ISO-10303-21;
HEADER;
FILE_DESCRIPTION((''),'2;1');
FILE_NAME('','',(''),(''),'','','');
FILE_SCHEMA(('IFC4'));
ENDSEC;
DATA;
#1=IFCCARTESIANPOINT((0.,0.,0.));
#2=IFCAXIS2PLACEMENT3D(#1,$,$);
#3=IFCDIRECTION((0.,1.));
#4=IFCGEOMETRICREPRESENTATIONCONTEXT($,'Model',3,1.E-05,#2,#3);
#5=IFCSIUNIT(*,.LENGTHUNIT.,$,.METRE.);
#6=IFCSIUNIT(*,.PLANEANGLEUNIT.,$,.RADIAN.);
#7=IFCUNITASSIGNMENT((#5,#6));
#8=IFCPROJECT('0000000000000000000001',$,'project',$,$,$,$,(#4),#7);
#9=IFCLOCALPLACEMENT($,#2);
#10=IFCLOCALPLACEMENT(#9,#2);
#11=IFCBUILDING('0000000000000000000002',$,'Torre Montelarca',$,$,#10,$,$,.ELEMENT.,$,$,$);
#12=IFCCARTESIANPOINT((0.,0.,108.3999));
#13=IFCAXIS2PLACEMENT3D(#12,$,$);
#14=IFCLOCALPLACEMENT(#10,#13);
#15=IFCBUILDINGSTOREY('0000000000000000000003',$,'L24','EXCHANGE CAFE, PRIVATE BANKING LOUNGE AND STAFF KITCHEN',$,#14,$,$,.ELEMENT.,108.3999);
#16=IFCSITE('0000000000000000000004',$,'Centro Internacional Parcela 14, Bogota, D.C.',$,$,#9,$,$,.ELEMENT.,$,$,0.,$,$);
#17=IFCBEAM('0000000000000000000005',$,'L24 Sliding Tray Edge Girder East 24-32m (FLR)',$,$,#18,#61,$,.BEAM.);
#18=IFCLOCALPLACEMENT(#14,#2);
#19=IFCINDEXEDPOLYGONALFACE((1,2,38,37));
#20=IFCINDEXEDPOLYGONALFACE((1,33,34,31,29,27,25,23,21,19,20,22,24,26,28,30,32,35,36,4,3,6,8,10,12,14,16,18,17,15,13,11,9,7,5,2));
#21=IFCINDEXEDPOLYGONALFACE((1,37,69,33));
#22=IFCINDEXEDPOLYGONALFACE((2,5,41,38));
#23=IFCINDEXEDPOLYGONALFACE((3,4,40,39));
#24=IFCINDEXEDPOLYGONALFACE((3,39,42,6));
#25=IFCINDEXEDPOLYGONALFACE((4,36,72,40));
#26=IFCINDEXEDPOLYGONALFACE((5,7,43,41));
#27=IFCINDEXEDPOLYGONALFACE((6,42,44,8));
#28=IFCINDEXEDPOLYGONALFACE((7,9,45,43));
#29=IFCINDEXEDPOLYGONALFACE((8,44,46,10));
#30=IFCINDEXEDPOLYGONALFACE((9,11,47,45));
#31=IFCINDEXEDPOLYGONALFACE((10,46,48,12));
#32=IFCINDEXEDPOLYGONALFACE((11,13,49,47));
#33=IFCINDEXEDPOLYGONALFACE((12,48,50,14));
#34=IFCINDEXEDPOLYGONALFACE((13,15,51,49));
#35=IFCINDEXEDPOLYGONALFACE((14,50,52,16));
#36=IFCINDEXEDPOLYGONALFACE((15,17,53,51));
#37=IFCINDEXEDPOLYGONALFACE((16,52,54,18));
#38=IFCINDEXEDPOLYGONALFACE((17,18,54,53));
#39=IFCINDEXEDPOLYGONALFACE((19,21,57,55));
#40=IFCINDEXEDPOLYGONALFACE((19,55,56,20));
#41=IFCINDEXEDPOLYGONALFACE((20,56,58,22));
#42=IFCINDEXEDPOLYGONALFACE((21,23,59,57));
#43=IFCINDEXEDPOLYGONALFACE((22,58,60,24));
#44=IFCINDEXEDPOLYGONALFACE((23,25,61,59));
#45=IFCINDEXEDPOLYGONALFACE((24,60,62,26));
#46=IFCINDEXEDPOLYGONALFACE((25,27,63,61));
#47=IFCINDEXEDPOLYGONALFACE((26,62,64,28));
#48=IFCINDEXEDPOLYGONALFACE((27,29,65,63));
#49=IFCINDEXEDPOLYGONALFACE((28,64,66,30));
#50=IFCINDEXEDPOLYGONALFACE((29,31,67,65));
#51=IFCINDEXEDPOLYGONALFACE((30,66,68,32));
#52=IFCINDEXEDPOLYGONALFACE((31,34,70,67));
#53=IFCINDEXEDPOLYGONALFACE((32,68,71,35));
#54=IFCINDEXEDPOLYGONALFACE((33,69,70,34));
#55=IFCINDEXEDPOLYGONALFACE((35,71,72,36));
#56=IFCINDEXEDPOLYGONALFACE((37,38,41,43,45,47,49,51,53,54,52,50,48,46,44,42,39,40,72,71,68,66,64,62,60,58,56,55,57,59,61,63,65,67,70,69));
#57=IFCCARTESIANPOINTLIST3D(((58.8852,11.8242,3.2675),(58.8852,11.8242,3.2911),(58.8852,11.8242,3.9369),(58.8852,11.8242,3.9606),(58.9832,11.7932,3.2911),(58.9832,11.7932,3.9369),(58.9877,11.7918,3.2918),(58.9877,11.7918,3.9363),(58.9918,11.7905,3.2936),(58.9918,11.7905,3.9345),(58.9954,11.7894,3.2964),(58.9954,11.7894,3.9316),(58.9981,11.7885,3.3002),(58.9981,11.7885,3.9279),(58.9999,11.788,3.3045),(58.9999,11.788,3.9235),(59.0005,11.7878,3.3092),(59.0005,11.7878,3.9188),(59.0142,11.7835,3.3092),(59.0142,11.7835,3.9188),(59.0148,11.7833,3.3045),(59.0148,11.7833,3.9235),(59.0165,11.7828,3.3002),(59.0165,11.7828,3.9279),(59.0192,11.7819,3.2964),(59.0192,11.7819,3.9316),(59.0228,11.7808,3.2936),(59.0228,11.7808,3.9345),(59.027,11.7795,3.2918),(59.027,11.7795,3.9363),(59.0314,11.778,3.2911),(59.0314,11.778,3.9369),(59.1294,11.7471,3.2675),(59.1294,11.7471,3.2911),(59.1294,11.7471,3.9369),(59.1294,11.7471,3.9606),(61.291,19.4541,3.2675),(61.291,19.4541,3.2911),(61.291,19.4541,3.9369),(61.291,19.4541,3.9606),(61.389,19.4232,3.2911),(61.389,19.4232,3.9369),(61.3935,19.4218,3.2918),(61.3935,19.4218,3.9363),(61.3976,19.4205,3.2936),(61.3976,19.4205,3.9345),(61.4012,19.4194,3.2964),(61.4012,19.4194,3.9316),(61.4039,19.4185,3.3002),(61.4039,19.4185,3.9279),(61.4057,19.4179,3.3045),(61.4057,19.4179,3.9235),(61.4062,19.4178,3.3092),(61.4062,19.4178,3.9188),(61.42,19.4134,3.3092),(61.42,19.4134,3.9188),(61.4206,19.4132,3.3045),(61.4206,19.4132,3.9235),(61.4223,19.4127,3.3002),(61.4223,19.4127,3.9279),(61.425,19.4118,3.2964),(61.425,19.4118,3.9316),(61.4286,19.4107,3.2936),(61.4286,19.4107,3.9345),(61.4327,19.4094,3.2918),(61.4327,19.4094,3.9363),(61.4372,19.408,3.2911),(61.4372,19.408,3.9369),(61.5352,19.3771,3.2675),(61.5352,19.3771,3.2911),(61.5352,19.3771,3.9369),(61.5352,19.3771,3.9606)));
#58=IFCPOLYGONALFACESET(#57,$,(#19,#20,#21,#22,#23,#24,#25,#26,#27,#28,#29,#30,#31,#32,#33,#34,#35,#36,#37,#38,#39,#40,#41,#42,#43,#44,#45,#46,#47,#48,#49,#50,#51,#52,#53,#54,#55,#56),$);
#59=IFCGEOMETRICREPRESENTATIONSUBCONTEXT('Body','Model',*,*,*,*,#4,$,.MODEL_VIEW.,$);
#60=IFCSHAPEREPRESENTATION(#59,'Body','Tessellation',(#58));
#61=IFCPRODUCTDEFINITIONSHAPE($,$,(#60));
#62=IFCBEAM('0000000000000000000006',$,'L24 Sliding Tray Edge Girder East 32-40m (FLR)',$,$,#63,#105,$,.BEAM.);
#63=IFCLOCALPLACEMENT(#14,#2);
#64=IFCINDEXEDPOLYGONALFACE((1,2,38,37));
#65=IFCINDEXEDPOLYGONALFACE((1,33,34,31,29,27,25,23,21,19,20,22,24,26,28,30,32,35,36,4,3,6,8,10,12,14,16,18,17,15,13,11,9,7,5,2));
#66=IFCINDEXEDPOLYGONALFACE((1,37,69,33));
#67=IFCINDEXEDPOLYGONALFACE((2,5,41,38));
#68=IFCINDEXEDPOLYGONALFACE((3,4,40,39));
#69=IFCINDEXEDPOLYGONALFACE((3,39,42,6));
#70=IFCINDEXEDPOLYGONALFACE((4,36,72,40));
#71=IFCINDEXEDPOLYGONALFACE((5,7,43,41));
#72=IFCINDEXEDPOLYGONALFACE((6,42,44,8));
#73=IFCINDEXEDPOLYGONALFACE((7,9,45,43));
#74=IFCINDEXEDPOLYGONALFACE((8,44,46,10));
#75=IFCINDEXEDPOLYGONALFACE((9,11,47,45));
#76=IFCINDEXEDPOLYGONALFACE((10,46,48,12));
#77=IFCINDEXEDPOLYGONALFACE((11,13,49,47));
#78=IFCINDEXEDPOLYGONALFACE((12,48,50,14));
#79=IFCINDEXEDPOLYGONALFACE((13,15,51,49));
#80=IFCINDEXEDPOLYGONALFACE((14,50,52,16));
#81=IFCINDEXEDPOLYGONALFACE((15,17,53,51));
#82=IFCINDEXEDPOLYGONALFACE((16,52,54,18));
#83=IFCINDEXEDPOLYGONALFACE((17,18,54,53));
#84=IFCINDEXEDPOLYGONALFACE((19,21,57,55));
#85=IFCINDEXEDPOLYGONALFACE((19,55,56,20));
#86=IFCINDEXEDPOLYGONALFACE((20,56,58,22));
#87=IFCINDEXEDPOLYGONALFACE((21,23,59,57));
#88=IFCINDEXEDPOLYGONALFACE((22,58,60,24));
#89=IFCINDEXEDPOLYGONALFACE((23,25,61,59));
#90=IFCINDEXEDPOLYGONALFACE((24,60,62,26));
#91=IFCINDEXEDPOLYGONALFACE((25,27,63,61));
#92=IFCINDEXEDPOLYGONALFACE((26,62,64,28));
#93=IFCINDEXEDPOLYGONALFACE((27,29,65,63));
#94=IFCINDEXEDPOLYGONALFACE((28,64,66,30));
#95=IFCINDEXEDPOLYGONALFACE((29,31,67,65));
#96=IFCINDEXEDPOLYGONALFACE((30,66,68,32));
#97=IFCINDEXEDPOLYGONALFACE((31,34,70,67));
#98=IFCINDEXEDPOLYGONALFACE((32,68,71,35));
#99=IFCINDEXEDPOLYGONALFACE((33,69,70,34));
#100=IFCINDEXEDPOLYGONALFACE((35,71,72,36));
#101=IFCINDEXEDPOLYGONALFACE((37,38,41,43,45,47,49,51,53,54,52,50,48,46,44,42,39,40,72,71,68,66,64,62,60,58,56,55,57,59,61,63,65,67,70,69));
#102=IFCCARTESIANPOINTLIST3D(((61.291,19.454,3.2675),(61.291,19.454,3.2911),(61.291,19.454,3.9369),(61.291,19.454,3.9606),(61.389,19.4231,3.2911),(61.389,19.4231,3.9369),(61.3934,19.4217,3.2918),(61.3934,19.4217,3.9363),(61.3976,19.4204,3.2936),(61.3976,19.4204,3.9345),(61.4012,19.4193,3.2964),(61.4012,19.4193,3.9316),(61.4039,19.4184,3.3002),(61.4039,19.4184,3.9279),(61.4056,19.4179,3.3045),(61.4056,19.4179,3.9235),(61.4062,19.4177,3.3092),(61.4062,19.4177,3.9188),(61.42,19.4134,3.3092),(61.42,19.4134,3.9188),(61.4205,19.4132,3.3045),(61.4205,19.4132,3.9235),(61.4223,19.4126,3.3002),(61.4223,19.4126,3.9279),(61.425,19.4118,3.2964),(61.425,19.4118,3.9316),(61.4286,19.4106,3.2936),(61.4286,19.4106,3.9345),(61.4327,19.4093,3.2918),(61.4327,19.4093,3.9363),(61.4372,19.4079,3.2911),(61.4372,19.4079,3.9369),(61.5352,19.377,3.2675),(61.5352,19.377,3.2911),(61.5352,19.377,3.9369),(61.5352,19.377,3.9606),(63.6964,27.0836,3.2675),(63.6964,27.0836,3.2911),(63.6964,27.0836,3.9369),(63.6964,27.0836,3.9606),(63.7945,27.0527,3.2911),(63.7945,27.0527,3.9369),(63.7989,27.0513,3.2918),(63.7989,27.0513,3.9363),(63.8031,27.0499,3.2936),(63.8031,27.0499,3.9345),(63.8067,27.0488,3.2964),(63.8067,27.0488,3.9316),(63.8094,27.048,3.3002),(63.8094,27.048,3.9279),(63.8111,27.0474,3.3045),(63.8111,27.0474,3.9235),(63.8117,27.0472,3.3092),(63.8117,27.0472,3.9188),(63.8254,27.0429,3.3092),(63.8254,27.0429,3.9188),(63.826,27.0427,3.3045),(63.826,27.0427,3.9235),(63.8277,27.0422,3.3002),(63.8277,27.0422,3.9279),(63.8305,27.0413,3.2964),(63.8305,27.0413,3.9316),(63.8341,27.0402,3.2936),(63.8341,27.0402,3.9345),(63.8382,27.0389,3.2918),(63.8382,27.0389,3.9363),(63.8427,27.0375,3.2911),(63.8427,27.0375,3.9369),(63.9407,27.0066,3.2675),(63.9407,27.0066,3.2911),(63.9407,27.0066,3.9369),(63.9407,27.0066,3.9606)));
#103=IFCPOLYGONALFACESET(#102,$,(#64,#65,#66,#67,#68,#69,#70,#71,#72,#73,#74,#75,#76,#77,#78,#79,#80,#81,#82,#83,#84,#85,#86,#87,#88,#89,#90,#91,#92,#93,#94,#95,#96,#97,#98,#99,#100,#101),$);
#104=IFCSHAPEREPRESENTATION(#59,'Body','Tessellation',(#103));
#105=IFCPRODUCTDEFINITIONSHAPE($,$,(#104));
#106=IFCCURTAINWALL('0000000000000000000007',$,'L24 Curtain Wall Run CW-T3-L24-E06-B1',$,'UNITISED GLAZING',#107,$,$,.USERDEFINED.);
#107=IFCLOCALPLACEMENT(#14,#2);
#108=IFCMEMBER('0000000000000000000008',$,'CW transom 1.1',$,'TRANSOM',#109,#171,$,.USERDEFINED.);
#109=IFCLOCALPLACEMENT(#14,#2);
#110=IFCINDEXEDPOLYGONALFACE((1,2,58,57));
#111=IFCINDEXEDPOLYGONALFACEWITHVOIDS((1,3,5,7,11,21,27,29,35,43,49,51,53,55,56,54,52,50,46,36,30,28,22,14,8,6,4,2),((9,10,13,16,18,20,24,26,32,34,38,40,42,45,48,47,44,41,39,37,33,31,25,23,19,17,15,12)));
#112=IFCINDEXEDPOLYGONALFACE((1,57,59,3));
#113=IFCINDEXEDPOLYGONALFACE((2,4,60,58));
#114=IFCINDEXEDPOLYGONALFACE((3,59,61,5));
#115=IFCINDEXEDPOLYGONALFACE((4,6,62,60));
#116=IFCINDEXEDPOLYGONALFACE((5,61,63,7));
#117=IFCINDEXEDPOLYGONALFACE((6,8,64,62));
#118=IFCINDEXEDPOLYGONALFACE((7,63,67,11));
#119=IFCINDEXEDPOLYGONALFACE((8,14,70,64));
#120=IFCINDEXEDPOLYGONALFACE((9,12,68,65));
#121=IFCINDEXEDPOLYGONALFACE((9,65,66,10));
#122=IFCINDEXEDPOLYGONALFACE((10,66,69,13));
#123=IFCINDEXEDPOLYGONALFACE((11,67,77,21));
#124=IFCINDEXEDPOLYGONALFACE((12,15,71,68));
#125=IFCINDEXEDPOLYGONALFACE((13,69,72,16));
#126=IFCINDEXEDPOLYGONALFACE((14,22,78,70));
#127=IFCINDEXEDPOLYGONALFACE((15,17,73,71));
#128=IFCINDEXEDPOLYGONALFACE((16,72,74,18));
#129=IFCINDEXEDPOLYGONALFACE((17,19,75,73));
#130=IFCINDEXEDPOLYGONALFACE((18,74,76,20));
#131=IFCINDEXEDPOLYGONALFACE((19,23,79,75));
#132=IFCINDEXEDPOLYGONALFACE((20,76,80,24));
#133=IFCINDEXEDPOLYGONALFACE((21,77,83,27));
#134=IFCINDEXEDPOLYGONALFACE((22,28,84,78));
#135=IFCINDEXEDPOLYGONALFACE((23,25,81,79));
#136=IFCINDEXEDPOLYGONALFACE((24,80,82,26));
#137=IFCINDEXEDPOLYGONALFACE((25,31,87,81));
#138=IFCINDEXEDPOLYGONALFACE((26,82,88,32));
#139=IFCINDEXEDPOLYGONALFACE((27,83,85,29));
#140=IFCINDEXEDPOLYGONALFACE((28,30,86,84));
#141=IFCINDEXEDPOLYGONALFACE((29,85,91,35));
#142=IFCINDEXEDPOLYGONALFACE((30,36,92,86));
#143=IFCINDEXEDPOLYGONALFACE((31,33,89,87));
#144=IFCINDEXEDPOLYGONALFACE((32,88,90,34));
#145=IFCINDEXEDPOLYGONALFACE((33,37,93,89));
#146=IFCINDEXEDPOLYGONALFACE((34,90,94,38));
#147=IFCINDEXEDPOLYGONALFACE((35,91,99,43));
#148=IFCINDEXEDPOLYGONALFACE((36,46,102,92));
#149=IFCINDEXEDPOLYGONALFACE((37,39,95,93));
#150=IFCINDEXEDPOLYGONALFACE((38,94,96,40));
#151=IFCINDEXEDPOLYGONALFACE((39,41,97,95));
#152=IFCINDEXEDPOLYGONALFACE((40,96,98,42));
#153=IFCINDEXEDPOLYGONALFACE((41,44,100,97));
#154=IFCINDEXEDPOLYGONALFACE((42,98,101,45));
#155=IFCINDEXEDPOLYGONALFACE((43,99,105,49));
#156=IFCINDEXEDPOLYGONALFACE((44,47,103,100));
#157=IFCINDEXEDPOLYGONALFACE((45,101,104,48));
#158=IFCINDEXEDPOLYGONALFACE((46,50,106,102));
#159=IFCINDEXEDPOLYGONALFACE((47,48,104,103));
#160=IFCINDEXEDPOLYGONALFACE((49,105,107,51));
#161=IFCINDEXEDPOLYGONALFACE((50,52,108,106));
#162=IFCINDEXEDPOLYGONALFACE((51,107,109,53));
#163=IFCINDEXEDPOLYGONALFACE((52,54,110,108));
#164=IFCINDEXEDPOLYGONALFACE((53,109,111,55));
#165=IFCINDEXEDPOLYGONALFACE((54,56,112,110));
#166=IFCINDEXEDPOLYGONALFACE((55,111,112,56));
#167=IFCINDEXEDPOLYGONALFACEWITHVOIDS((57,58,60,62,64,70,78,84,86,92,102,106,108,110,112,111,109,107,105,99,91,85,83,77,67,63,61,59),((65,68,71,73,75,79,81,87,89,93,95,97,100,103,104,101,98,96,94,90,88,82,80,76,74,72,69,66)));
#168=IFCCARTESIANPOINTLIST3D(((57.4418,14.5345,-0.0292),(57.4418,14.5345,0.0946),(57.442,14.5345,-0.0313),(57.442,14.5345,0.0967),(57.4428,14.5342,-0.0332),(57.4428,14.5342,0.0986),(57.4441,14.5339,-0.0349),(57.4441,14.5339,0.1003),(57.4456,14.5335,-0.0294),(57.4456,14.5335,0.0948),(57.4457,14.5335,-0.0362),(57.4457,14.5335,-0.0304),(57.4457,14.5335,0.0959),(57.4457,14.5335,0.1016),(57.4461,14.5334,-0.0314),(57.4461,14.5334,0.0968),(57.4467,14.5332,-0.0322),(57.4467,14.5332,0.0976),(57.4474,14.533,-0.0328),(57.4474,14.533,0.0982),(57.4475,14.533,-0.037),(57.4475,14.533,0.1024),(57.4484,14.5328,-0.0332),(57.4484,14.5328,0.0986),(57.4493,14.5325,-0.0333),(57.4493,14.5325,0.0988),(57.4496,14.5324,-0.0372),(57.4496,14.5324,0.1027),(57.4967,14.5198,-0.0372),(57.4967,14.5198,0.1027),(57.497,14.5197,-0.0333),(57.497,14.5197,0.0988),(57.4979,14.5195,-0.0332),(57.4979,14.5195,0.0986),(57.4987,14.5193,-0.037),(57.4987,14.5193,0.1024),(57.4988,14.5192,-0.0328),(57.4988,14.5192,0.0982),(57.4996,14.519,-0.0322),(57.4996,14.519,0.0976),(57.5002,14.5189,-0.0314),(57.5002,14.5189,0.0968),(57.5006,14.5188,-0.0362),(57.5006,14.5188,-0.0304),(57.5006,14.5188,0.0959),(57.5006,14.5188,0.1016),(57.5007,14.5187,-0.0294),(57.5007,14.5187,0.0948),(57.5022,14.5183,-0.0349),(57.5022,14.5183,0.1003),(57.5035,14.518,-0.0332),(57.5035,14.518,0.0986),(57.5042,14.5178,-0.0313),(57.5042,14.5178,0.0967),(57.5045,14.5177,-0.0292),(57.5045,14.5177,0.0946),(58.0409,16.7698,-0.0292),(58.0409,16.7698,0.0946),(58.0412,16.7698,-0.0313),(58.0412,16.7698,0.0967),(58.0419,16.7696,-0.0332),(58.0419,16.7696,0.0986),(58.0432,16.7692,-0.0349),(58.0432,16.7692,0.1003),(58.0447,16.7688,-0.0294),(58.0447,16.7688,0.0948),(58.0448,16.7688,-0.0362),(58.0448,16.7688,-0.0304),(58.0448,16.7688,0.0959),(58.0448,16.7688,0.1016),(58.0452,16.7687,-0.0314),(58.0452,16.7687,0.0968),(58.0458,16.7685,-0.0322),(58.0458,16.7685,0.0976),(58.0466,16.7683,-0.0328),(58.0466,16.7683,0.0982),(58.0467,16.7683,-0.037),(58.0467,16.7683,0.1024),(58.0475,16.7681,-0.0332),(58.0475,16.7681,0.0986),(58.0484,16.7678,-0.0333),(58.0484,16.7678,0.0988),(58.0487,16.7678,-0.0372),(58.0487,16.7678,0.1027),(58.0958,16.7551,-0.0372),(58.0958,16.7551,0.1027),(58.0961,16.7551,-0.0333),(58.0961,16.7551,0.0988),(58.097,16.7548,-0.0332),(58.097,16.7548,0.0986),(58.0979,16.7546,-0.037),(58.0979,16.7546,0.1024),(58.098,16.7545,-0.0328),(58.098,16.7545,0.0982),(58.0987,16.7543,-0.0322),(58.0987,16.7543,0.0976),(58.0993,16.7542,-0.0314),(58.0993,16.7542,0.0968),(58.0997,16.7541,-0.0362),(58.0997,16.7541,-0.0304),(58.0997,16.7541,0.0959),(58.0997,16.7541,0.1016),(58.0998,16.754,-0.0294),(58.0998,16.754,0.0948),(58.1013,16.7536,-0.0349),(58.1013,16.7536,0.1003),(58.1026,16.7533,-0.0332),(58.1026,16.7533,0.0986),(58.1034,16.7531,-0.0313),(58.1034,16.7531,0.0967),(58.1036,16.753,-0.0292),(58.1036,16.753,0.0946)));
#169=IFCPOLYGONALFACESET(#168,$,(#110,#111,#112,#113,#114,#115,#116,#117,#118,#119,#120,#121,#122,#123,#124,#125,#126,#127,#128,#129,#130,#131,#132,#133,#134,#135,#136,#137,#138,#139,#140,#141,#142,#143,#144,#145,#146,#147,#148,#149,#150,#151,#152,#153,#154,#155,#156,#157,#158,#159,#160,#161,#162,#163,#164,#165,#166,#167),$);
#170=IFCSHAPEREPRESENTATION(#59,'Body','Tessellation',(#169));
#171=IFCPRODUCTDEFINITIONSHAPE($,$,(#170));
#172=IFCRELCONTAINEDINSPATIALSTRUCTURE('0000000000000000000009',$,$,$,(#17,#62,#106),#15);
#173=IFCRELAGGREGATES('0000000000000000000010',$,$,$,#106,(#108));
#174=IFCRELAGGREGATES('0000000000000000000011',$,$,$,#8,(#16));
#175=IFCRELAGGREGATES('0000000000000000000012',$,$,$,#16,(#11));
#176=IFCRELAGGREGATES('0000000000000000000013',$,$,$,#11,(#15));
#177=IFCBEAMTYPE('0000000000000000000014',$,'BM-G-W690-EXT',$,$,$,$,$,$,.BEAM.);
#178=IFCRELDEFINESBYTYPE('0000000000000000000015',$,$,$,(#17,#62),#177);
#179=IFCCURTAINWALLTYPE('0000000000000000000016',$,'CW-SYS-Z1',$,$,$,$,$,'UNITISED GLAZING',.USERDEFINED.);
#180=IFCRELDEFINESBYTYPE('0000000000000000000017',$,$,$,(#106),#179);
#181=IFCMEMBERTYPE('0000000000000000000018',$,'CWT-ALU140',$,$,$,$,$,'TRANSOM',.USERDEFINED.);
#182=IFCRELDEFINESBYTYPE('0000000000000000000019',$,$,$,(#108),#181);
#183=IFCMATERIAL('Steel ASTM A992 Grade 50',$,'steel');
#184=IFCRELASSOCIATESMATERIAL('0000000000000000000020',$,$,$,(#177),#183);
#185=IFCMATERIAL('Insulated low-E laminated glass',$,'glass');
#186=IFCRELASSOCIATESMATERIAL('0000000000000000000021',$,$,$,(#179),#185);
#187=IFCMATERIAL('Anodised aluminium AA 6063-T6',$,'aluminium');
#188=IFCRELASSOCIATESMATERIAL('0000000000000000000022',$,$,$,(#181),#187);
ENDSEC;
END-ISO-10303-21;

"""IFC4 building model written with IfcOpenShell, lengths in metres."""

from ifc_helpers import new_model, si_unit, direction, frame, origin, origin_2d, place, context, subcontext, project, spatial, hollow_rectangle, i_section, extrude, source, transform, mapped, material, material_profile, profile_set, type_object, element, aggregate, save


model = new_model("IFC4")

# Units and contexts
model_context = context("Model", 3, precision=1e-05, world=origin(), true_north=direction((0.0, 1.0)))
body_context = subcontext(model_context, "Body", "Model", "MODEL_VIEW")
ifc_project = project(units=[si_unit("LENGTHUNIT", "METRE"), si_unit("PLANEANGLEUNIT", "RADIAN")], contexts=[model_context])

# Site, building, storey
site_placement = place(None, origin())
site = spatial("IfcSite", under=ifc_project, at=site_placement, Name="Centro Internacional Parcela 14, Bogota, D.C.", CompositionType="ELEMENT", RefElevation=0.0)
building_placement = place(site_placement, origin())
building = spatial("IfcBuilding", under=site, at=building_placement, Name="Torre Montelarca", CompositionType="ELEMENT")
storey_placement = place(building_placement, frame((0.0, 0.0, 108.3999)))
storey = spatial("IfcBuildingStorey", under=building, at=storey_placement, Name="L24", Description="EXCHANGE CAFE, PRIVATE BANKING LOUNGE AND STAFF KITCHEN", CompositionType="ELEMENT", Elevation=108.3999)

# Beams
ifc_material_1 = material(Name="Steel ASTM A992 Grade 50", Category="steel")
ifc_material_profile_1 = material_profile(ifc_material_1, i_section(OverallWidth=0.2561, OverallDepth=0.6931, WebThickness=0.0144, FlangeThickness=0.0237, FilletRadius=0.0181, at=origin_2d()), Name="W690X170", Category="steel")
ifc_profile_set_1 = profile_set([ifc_material_profile_1], Name="Steel ASTM A992 Grade 50")
beam_type_1 = type_object("IfcBeamType", Name="BM-G-W690-EXT", PredefinedType="BEAM", material=ifc_profile_set_1)
shared_shape_1 = source(origin(), body_context, "Body", "SweptSolid", [
    extrude(i_section(OverallWidth=0.2561, OverallDepth=0.6931, WebThickness=0.0144, FlangeThickness=0.0237, FilletRadius=0.0181, at=origin_2d()), origin(), (0.0, 0.0, 1.0), 8.0002),
])
beam_1_placement = place(storey_placement, frame((59.0073, 11.7856, 3.614), z_axis=(0.300714, 0.953714, 0.0), x_axis=(-0.953714, 0.300714, 0.0)))
element("IfcBeam", 1, at=beam_1_placement, inside=storey, type_object=beam_type_1, Name="L24 Sliding Tray Edge Girder East 24-32m (FLR)", PredefinedType="BEAM", context=body_context, shape_type="MappedRepresentation", body=[
    mapped(shared_shape_1, transform((0.0, 0.0, 0.0), scale=1.0)),
])
shared_shape_2 = source(origin(), body_context, "Body", "SweptSolid", [
    extrude(i_section(OverallWidth=0.2561, OverallDepth=0.6931, WebThickness=0.0144, FlangeThickness=0.0237, FilletRadius=0.0181, at=origin_2d()), origin(), (0.0, 0.0, 1.0), 7.9998),
])
beam_2_placement = place(storey_placement, frame((61.4131, 19.4155, 3.614), z_axis=(0.300695, 0.95372, 0.0), x_axis=(-0.95372, 0.300695, 0.0)))
element("IfcBeam", 2, at=beam_2_placement, inside=storey, type_object=beam_type_1, Name="L24 Sliding Tray Edge Girder East 32-40m (FLR)", PredefinedType="BEAM", context=body_context, shape_type="MappedRepresentation", body=[
    mapped(shared_shape_2, transform((0.0, 0.0, 0.0), scale=1.0)),
])

# Curtain wall, member
ifc_material_2 = material(Name="Insulated low-E laminated glass", Category="glass")
curtain_wall_type = type_object("IfcCurtainWallType", Name="CW-SYS-Z1", ElementType="UNITISED GLAZING", PredefinedType="USERDEFINED", material=ifc_material_2)
curtain_wall_1_placement = place(storey_placement, origin())
curtain_wall_1 = element("IfcCurtainWall", 3, at=curtain_wall_1_placement, inside=storey, type_object=curtain_wall_type, Name="L24 Curtain Wall Run CW-T3-L24-E06-B1", ObjectType="UNITISED GLAZING", PredefinedType="USERDEFINED")
ifc_material_3 = material(Name="Anodised aluminium AA 6063-T6", Category="aluminium")
ifc_material_profile_2 = material_profile(ifc_material_3, hollow_rectangle(XDim=0.0649, YDim=0.1399, WallThickness=0.0039, InnerFilletRadius=0.0039, OuterFilletRadius=0.0081, at=origin_2d()), Name="ALU65X140X4", Category="aluminium")
ifc_profile_set_2 = profile_set([ifc_material_profile_2], Name="Anodised aluminium AA 6063-T6")
member_type_1 = type_object("IfcMemberType", Name="CWT-ALU140", ElementType="TRANSOM", PredefinedType="USERDEFINED", material=ifc_profile_set_2)
shared_shape_3 = source(origin(), body_context, "Body", "SweptSolid", [
    extrude(hollow_rectangle(XDim=0.0649, YDim=0.1399, WallThickness=0.0039, InnerFilletRadius=0.0039, OuterFilletRadius=0.0081, at=origin_2d()), origin(), (0.0, 0.0, 1.0), 2.3142),
])
member_1_placement = place(storey_placement, frame((57.4731, 14.5261, 0.0327), z_axis=(0.258884, 0.965908, 0.0), x_axis=(-0.965908, 0.258884, 0.0)))
member_1 = element("IfcMember", 4, at=member_1_placement, type_object=member_type_1, Name="CW transom 1.1", ObjectType="TRANSOM", PredefinedType="USERDEFINED", context=body_context, shape_type="MappedRepresentation", body=[
    mapped(shared_shape_3, transform((0.0, 0.0, 0.0), scale=1.0)),
])

aggregate(curtain_wall_1, [member_1])

save(model, "model.ifc")
